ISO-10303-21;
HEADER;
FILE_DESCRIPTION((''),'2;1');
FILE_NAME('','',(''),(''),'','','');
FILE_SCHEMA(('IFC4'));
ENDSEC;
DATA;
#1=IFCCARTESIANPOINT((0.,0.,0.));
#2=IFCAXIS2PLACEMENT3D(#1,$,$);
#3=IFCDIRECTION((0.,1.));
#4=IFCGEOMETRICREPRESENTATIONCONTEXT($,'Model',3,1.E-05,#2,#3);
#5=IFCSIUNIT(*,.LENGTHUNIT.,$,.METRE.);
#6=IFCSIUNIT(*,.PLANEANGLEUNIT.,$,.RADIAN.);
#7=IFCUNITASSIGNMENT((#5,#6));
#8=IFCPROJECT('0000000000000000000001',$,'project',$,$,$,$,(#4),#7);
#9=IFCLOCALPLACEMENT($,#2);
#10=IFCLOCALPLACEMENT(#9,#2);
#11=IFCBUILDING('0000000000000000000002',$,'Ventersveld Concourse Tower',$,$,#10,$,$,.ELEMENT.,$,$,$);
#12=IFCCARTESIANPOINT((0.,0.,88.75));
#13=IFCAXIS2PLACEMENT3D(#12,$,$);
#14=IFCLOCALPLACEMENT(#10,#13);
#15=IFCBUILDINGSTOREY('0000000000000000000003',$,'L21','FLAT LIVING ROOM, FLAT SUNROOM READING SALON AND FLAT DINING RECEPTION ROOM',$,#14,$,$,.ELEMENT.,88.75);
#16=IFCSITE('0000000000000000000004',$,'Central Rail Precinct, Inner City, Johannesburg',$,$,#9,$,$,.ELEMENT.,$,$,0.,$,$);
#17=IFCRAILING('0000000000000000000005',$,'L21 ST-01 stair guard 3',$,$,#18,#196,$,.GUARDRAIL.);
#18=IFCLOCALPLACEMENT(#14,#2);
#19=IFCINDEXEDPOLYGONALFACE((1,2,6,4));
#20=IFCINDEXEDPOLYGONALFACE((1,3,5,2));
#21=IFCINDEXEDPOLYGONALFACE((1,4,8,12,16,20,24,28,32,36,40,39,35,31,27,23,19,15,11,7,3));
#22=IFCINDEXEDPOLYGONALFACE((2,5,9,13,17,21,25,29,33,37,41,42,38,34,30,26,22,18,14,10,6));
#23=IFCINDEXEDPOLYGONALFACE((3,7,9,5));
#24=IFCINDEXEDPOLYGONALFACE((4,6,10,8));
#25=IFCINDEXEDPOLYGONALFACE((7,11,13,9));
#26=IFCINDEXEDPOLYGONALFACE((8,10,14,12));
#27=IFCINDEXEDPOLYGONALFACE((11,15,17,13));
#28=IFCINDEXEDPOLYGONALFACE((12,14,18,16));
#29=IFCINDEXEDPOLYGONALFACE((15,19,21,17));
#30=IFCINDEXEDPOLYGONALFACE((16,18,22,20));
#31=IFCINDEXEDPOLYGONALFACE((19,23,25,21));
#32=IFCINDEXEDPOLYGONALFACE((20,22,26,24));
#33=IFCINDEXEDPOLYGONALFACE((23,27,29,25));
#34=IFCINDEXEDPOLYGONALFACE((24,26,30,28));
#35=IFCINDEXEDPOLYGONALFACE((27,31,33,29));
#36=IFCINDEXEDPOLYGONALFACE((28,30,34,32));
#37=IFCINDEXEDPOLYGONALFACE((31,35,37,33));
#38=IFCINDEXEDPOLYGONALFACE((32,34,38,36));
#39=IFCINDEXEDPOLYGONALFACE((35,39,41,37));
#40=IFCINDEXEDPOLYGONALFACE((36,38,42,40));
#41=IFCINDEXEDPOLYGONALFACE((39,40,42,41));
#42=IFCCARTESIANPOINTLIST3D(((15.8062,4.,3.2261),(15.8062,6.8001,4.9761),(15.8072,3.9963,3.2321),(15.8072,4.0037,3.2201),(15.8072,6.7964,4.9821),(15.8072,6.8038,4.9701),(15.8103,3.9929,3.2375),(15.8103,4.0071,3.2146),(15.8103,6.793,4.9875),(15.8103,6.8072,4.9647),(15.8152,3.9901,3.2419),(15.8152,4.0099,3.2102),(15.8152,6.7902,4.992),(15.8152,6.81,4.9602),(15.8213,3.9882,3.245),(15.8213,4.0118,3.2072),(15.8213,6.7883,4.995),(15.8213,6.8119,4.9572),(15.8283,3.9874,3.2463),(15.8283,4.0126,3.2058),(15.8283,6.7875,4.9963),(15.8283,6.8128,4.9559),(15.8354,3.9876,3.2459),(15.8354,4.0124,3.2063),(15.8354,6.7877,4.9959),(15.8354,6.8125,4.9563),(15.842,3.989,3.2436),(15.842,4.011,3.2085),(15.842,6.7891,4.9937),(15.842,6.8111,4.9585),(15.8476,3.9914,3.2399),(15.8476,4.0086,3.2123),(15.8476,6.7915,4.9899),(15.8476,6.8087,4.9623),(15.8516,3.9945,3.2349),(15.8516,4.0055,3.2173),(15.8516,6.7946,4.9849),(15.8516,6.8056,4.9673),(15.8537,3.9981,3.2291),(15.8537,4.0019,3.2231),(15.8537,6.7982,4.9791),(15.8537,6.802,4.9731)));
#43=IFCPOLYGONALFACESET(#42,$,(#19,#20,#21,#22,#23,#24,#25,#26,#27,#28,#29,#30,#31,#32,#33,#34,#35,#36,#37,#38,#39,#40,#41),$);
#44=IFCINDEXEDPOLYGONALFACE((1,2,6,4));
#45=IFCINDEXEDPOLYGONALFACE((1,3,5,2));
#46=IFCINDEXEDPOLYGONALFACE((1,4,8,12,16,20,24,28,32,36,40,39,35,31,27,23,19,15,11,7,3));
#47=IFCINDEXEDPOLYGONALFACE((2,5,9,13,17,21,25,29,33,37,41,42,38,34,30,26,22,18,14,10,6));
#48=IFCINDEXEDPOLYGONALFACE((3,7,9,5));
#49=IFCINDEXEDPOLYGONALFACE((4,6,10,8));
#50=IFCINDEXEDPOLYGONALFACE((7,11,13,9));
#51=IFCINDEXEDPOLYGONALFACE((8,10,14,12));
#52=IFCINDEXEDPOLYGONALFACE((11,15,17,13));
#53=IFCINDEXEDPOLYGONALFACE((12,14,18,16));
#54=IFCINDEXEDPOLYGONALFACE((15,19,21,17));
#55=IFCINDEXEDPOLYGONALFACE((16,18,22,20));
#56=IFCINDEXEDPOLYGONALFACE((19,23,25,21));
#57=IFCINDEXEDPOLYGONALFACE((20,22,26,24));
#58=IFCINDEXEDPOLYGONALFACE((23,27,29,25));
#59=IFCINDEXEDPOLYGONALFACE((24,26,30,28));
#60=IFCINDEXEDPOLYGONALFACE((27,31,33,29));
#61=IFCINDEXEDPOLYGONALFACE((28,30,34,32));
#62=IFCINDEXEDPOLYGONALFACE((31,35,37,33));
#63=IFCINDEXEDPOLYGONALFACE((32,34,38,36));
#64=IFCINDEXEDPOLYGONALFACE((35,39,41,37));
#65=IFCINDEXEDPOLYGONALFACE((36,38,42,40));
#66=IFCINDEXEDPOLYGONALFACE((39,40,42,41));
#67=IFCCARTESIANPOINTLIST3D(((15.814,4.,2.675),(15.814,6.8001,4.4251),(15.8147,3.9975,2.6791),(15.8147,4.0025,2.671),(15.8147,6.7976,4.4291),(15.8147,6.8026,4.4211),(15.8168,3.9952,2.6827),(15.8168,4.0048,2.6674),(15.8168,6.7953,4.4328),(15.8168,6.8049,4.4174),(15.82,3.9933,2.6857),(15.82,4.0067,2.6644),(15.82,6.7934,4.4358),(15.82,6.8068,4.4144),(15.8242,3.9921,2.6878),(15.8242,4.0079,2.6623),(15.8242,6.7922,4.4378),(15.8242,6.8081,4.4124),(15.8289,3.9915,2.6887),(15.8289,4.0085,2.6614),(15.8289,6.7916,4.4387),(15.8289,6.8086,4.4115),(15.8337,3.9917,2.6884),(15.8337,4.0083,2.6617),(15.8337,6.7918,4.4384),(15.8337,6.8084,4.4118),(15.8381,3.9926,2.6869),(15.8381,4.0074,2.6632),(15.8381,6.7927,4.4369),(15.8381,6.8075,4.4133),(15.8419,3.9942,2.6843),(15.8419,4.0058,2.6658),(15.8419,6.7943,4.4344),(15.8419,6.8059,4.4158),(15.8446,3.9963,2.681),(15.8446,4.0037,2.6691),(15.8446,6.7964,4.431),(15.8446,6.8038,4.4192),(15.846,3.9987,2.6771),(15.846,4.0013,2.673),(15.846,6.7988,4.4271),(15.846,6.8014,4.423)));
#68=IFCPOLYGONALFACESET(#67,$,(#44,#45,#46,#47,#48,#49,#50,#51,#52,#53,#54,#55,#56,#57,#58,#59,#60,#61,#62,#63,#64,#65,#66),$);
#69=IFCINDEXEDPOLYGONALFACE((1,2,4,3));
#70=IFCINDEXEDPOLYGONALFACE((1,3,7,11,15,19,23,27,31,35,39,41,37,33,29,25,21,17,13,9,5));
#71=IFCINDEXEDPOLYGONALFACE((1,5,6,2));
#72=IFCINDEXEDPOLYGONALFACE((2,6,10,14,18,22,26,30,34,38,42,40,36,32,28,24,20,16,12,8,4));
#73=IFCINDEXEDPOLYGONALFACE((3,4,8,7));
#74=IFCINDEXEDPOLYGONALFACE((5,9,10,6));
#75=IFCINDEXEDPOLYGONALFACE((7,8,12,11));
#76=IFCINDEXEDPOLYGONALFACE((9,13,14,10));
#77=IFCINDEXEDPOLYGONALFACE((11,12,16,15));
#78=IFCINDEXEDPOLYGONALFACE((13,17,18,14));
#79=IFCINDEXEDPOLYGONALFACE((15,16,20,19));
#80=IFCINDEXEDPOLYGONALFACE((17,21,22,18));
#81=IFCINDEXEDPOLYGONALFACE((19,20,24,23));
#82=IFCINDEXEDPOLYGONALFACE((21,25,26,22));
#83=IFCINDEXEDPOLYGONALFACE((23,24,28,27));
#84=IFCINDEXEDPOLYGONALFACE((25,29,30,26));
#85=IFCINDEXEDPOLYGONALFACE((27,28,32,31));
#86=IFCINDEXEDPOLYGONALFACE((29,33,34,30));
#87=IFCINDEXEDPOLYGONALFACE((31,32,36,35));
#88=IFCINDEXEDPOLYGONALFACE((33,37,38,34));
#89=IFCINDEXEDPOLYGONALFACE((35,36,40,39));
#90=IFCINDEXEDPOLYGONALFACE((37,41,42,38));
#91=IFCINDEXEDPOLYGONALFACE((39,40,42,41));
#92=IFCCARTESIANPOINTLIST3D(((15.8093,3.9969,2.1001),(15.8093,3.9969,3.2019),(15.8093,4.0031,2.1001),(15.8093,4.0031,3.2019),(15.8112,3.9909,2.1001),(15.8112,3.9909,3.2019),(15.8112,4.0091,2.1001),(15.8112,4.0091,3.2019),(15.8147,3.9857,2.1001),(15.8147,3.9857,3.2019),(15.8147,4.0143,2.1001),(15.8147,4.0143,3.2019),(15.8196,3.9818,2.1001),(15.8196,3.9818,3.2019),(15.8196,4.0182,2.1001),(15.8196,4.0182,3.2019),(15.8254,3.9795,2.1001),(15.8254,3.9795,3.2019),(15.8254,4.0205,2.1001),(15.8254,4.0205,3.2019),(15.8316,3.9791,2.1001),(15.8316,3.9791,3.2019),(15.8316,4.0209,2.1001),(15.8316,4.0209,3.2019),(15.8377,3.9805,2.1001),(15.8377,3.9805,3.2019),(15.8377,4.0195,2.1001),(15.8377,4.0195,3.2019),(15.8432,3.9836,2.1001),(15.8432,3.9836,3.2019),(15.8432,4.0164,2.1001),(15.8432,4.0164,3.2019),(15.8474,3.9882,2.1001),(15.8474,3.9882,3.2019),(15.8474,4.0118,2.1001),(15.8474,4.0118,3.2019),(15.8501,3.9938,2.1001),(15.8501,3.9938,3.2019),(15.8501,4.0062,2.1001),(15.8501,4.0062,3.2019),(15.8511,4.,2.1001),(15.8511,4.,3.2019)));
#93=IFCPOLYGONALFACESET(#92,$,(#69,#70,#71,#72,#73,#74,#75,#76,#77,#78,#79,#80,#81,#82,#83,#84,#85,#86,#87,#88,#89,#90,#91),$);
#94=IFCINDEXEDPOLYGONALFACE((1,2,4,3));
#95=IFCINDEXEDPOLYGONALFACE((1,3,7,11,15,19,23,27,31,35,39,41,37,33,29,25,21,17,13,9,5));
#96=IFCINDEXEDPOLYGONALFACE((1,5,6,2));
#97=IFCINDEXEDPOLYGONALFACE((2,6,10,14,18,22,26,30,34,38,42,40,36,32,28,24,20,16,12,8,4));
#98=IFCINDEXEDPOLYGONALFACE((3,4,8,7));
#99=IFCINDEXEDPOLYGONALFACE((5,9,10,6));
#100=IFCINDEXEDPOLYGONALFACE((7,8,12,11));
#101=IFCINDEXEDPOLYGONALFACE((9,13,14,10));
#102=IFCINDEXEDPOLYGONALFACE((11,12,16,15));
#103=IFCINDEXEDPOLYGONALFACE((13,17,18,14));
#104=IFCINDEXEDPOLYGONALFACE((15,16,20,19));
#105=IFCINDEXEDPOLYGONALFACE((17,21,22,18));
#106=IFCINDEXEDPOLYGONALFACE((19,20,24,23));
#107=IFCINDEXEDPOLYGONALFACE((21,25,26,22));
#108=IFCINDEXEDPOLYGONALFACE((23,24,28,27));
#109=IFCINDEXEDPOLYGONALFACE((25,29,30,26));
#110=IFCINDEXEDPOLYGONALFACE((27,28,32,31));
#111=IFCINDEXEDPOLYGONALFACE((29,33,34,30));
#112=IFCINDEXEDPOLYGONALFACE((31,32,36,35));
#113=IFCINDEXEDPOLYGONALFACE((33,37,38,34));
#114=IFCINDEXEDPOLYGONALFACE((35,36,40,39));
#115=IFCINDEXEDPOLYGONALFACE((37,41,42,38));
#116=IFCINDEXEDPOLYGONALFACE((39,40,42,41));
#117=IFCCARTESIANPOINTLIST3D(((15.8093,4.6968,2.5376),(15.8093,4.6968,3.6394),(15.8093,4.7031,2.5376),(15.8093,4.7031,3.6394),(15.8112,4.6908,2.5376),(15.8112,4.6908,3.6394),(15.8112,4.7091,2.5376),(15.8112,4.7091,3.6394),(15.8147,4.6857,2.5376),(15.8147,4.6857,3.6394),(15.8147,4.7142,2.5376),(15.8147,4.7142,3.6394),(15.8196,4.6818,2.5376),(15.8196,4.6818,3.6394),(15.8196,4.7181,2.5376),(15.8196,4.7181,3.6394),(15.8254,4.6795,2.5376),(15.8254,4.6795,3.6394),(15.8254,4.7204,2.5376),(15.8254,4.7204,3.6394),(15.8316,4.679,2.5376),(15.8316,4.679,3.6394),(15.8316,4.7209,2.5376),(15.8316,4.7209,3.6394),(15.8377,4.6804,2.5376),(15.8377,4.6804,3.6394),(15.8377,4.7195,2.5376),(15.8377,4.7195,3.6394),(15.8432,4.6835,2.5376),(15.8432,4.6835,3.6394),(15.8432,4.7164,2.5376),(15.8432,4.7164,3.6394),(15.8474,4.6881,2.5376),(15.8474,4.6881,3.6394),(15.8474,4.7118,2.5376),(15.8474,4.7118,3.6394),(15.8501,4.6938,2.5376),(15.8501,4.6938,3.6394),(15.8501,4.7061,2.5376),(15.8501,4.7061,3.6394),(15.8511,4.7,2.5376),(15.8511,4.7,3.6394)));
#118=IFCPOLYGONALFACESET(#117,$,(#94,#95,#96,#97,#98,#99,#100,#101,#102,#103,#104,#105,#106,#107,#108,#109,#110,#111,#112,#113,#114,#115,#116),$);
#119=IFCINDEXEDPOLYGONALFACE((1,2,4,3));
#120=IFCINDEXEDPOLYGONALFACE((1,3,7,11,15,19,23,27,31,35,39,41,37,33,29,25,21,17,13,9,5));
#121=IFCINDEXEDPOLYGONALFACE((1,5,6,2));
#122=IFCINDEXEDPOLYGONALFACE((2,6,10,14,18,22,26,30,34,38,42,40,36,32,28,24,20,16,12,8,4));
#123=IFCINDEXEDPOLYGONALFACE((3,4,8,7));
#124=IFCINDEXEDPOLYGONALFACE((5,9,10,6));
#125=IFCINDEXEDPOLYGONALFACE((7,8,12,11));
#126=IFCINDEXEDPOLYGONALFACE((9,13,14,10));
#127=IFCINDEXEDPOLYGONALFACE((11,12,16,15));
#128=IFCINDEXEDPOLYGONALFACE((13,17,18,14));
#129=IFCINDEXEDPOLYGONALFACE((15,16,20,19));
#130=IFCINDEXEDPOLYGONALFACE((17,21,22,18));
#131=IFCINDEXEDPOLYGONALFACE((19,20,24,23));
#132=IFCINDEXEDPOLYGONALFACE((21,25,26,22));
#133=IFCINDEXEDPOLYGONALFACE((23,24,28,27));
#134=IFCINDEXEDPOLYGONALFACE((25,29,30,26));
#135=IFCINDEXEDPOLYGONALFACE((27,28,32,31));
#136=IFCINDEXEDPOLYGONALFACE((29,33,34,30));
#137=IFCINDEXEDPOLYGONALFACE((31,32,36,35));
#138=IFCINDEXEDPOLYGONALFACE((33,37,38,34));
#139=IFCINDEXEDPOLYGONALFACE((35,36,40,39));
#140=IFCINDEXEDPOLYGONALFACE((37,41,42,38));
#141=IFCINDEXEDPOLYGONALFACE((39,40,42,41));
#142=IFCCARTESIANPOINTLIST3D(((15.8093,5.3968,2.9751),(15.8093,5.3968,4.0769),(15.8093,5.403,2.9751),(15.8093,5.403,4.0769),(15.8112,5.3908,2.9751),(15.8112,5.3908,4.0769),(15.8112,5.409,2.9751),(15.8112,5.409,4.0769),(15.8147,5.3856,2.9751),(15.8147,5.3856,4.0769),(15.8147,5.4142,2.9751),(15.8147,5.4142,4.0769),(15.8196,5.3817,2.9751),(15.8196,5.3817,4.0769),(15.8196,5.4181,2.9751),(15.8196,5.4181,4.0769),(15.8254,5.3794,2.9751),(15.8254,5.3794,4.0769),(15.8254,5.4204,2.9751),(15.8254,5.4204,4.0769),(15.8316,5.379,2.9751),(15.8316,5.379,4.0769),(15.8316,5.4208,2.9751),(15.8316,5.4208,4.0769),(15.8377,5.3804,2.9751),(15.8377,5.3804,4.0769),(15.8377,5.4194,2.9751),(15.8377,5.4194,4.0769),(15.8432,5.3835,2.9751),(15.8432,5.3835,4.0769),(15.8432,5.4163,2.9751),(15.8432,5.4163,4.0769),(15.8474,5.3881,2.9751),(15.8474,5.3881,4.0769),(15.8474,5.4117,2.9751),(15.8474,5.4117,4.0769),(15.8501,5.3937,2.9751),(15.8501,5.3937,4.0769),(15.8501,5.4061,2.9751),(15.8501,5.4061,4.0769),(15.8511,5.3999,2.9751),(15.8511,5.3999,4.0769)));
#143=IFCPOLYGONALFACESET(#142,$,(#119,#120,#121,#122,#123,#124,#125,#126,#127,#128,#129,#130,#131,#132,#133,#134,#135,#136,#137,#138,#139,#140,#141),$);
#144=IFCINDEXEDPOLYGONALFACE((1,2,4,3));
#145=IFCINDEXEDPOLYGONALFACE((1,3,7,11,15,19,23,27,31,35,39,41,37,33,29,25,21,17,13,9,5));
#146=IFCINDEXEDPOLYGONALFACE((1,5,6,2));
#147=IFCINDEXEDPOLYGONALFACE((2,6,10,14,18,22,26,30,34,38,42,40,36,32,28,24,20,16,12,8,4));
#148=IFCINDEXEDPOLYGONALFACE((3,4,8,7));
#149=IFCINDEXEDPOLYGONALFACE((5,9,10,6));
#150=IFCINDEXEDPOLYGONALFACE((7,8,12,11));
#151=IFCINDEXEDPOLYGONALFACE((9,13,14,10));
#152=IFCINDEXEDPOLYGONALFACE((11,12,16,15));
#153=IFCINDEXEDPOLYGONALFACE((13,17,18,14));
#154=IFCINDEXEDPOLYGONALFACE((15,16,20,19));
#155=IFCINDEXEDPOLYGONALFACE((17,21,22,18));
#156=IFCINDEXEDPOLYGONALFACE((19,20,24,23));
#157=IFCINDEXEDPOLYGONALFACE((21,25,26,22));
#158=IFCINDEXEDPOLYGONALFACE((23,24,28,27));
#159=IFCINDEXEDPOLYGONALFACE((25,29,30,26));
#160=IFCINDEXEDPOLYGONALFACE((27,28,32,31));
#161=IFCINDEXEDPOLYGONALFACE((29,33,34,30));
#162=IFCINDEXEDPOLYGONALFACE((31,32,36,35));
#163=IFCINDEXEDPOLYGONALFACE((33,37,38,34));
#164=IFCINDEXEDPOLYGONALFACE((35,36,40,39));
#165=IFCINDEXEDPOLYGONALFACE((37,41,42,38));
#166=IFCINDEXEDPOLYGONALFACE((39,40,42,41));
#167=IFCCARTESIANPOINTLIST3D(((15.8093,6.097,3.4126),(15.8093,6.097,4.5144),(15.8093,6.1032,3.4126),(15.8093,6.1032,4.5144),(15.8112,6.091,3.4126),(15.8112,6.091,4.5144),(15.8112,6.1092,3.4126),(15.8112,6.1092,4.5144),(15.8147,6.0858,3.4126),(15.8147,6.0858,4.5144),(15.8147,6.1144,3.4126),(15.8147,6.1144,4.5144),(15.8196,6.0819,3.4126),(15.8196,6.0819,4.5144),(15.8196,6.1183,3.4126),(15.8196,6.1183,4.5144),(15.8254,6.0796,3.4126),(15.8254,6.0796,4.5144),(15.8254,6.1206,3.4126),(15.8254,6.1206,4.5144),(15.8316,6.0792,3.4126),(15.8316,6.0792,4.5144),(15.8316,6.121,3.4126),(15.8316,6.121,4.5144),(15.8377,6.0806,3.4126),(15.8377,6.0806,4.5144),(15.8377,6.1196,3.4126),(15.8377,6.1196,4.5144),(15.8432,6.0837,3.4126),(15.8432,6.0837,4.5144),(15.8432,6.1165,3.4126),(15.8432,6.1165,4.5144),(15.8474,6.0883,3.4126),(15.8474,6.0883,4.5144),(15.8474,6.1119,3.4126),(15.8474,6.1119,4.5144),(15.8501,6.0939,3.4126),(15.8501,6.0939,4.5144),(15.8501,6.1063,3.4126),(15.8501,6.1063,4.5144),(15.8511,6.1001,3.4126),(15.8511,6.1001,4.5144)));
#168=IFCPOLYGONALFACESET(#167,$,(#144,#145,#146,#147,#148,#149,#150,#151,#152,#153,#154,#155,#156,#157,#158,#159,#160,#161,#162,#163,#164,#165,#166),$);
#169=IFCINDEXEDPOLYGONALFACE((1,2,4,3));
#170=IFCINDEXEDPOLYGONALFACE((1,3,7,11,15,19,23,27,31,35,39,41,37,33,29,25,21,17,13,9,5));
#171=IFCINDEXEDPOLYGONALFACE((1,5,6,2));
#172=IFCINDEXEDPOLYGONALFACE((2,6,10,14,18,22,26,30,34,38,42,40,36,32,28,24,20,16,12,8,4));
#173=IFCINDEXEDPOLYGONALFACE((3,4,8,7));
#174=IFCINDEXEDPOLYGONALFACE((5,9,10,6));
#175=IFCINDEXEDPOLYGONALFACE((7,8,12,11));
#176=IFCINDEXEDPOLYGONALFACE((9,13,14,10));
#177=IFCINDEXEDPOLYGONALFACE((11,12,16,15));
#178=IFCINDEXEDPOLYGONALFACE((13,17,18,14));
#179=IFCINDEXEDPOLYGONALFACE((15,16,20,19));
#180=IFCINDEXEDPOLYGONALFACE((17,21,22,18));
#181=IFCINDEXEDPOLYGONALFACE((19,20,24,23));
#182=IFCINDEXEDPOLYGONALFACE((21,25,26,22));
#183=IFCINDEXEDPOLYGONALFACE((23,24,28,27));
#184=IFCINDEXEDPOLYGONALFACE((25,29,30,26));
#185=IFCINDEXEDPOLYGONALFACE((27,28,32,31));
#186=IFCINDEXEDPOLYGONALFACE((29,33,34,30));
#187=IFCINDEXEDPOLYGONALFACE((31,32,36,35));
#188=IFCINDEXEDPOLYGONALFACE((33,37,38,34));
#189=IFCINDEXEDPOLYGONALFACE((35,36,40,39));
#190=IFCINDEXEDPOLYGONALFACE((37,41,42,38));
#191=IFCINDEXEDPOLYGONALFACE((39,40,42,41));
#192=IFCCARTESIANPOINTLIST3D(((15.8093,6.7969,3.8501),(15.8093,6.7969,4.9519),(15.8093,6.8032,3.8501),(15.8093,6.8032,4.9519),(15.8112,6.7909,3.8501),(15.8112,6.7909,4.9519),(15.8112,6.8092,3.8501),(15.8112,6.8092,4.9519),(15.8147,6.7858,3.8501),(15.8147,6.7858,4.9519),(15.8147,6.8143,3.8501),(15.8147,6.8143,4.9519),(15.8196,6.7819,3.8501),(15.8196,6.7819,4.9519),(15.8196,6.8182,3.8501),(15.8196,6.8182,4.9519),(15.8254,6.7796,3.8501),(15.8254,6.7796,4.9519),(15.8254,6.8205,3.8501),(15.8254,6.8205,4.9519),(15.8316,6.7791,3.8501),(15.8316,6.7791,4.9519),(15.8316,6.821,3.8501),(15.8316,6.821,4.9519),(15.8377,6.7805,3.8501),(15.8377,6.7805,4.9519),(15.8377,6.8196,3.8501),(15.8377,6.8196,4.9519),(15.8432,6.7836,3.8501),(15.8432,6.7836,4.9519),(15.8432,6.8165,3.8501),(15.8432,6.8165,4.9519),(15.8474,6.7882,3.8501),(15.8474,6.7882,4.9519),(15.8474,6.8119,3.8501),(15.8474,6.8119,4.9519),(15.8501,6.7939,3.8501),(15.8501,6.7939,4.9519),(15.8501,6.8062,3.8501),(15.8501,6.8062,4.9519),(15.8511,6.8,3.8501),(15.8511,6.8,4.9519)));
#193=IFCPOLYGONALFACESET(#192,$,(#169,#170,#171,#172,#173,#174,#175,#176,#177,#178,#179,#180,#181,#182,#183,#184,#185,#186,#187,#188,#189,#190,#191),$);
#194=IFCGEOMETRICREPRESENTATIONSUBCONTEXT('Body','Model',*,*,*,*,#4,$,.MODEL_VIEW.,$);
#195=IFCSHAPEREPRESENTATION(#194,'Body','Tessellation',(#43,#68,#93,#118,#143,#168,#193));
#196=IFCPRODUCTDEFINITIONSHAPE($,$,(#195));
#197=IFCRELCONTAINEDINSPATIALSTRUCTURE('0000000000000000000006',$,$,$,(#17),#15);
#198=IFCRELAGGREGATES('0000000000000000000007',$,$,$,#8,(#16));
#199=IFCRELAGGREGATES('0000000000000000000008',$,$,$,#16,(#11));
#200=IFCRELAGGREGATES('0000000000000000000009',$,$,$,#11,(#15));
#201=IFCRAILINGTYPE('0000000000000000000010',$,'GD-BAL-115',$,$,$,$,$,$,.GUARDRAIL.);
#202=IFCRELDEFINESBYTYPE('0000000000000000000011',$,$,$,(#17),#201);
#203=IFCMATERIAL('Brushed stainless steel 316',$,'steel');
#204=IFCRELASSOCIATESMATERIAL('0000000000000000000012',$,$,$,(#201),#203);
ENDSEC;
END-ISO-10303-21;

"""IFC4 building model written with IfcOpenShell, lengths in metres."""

from ifc_helpers import new_model, si_unit, direction, frame, origin, origin_2d, place, context, subcontext, project, spatial, circle, extrude, material, type_object, element, save


model = new_model("IFC4")

# Units and contexts
model_context = context("Model", 3, precision=1e-05, world=origin(), true_north=direction((0.0, 1.0)))
body_context = subcontext(model_context, "Body", "Model", "MODEL_VIEW")
ifc_project = project(units=[si_unit("LENGTHUNIT", "METRE"), si_unit("PLANEANGLEUNIT", "RADIAN")], contexts=[model_context])

# Site, building, storey
site_placement = place(None, origin())
site = spatial("IfcSite", under=ifc_project, at=site_placement, Name="Central Rail Precinct, Inner City, Johannesburg", CompositionType="ELEMENT", RefElevation=0.0)
building_placement = place(site_placement, origin())
building = spatial("IfcBuilding", under=site, at=building_placement, Name="Ventersveld Concourse Tower", CompositionType="ELEMENT")
storey_placement = place(building_placement, frame((0.0, 0.0, 88.75)))
storey = spatial("IfcBuildingStorey", under=building, at=storey_placement, Name="L21", Description="FLAT LIVING ROOM, FLAT SUNROOM READING SALON AND FLAT DINING RECEPTION ROOM", CompositionType="ELEMENT", Elevation=88.75)

# Shared definitions
ifc_material_1 = material(Name="Brushed stainless steel 316", Category="steel")

# Railing
railing_type_1 = type_object("IfcRailingType", Name="GD-BAL-115", PredefinedType="GUARDRAIL", material=ifc_material_1)
railing_1_placement = place(storey_placement, frame((15.8301, 4.0, 2.1001)))
element("IfcRailing", 1, at=railing_1_placement, inside=storey, type_object=railing_type_1, Name="L21 ST-01 stair guard 3", PredefinedType="GUARDRAIL", context=body_context, shape_type="SweptSolid", body=[
    extrude(circle(Radius=0.0239, at=origin_2d()), frame((0.0, 0.0, 1.126), z_axis=(0.0, 0.848002, 0.529992), x_axis=(-1.0, 0.0, 0.0)), (0.0, 0.0, 1.0), 3.302),
    extrude(circle(Radius=0.0161, at=origin_2d()), frame((0.0, 0.0, 0.575), z_axis=(0.0, 0.848002, 0.529992), x_axis=(-1.0, 0.0, 0.0)), (0.0, 0.0, 1.0), 3.302),
    extrude(circle(Radius=0.021, at=origin_2d()), origin(), (0.0, 0.0, 1.0), 1.1018),
    extrude(circle(Radius=0.021, at=origin_2d()), frame((0.0, 0.7, 0.4375)), (0.0, 0.0, 1.0), 1.1018),
    extrude(circle(Radius=0.021, at=origin_2d()), frame((0.0, 1.3999, 0.875)), (0.0, 0.0, 1.0), 1.1018),
    extrude(circle(Radius=0.021, at=origin_2d()), frame((0.0, 2.1001, 1.3125)), (0.0, 0.0, 1.0), 1.1018),
    extrude(circle(Radius=0.021, at=origin_2d()), frame((0.0, 2.8, 1.75)), (0.0, 0.0, 1.0), 1.1018),
])

save(model, "model.ifc")
